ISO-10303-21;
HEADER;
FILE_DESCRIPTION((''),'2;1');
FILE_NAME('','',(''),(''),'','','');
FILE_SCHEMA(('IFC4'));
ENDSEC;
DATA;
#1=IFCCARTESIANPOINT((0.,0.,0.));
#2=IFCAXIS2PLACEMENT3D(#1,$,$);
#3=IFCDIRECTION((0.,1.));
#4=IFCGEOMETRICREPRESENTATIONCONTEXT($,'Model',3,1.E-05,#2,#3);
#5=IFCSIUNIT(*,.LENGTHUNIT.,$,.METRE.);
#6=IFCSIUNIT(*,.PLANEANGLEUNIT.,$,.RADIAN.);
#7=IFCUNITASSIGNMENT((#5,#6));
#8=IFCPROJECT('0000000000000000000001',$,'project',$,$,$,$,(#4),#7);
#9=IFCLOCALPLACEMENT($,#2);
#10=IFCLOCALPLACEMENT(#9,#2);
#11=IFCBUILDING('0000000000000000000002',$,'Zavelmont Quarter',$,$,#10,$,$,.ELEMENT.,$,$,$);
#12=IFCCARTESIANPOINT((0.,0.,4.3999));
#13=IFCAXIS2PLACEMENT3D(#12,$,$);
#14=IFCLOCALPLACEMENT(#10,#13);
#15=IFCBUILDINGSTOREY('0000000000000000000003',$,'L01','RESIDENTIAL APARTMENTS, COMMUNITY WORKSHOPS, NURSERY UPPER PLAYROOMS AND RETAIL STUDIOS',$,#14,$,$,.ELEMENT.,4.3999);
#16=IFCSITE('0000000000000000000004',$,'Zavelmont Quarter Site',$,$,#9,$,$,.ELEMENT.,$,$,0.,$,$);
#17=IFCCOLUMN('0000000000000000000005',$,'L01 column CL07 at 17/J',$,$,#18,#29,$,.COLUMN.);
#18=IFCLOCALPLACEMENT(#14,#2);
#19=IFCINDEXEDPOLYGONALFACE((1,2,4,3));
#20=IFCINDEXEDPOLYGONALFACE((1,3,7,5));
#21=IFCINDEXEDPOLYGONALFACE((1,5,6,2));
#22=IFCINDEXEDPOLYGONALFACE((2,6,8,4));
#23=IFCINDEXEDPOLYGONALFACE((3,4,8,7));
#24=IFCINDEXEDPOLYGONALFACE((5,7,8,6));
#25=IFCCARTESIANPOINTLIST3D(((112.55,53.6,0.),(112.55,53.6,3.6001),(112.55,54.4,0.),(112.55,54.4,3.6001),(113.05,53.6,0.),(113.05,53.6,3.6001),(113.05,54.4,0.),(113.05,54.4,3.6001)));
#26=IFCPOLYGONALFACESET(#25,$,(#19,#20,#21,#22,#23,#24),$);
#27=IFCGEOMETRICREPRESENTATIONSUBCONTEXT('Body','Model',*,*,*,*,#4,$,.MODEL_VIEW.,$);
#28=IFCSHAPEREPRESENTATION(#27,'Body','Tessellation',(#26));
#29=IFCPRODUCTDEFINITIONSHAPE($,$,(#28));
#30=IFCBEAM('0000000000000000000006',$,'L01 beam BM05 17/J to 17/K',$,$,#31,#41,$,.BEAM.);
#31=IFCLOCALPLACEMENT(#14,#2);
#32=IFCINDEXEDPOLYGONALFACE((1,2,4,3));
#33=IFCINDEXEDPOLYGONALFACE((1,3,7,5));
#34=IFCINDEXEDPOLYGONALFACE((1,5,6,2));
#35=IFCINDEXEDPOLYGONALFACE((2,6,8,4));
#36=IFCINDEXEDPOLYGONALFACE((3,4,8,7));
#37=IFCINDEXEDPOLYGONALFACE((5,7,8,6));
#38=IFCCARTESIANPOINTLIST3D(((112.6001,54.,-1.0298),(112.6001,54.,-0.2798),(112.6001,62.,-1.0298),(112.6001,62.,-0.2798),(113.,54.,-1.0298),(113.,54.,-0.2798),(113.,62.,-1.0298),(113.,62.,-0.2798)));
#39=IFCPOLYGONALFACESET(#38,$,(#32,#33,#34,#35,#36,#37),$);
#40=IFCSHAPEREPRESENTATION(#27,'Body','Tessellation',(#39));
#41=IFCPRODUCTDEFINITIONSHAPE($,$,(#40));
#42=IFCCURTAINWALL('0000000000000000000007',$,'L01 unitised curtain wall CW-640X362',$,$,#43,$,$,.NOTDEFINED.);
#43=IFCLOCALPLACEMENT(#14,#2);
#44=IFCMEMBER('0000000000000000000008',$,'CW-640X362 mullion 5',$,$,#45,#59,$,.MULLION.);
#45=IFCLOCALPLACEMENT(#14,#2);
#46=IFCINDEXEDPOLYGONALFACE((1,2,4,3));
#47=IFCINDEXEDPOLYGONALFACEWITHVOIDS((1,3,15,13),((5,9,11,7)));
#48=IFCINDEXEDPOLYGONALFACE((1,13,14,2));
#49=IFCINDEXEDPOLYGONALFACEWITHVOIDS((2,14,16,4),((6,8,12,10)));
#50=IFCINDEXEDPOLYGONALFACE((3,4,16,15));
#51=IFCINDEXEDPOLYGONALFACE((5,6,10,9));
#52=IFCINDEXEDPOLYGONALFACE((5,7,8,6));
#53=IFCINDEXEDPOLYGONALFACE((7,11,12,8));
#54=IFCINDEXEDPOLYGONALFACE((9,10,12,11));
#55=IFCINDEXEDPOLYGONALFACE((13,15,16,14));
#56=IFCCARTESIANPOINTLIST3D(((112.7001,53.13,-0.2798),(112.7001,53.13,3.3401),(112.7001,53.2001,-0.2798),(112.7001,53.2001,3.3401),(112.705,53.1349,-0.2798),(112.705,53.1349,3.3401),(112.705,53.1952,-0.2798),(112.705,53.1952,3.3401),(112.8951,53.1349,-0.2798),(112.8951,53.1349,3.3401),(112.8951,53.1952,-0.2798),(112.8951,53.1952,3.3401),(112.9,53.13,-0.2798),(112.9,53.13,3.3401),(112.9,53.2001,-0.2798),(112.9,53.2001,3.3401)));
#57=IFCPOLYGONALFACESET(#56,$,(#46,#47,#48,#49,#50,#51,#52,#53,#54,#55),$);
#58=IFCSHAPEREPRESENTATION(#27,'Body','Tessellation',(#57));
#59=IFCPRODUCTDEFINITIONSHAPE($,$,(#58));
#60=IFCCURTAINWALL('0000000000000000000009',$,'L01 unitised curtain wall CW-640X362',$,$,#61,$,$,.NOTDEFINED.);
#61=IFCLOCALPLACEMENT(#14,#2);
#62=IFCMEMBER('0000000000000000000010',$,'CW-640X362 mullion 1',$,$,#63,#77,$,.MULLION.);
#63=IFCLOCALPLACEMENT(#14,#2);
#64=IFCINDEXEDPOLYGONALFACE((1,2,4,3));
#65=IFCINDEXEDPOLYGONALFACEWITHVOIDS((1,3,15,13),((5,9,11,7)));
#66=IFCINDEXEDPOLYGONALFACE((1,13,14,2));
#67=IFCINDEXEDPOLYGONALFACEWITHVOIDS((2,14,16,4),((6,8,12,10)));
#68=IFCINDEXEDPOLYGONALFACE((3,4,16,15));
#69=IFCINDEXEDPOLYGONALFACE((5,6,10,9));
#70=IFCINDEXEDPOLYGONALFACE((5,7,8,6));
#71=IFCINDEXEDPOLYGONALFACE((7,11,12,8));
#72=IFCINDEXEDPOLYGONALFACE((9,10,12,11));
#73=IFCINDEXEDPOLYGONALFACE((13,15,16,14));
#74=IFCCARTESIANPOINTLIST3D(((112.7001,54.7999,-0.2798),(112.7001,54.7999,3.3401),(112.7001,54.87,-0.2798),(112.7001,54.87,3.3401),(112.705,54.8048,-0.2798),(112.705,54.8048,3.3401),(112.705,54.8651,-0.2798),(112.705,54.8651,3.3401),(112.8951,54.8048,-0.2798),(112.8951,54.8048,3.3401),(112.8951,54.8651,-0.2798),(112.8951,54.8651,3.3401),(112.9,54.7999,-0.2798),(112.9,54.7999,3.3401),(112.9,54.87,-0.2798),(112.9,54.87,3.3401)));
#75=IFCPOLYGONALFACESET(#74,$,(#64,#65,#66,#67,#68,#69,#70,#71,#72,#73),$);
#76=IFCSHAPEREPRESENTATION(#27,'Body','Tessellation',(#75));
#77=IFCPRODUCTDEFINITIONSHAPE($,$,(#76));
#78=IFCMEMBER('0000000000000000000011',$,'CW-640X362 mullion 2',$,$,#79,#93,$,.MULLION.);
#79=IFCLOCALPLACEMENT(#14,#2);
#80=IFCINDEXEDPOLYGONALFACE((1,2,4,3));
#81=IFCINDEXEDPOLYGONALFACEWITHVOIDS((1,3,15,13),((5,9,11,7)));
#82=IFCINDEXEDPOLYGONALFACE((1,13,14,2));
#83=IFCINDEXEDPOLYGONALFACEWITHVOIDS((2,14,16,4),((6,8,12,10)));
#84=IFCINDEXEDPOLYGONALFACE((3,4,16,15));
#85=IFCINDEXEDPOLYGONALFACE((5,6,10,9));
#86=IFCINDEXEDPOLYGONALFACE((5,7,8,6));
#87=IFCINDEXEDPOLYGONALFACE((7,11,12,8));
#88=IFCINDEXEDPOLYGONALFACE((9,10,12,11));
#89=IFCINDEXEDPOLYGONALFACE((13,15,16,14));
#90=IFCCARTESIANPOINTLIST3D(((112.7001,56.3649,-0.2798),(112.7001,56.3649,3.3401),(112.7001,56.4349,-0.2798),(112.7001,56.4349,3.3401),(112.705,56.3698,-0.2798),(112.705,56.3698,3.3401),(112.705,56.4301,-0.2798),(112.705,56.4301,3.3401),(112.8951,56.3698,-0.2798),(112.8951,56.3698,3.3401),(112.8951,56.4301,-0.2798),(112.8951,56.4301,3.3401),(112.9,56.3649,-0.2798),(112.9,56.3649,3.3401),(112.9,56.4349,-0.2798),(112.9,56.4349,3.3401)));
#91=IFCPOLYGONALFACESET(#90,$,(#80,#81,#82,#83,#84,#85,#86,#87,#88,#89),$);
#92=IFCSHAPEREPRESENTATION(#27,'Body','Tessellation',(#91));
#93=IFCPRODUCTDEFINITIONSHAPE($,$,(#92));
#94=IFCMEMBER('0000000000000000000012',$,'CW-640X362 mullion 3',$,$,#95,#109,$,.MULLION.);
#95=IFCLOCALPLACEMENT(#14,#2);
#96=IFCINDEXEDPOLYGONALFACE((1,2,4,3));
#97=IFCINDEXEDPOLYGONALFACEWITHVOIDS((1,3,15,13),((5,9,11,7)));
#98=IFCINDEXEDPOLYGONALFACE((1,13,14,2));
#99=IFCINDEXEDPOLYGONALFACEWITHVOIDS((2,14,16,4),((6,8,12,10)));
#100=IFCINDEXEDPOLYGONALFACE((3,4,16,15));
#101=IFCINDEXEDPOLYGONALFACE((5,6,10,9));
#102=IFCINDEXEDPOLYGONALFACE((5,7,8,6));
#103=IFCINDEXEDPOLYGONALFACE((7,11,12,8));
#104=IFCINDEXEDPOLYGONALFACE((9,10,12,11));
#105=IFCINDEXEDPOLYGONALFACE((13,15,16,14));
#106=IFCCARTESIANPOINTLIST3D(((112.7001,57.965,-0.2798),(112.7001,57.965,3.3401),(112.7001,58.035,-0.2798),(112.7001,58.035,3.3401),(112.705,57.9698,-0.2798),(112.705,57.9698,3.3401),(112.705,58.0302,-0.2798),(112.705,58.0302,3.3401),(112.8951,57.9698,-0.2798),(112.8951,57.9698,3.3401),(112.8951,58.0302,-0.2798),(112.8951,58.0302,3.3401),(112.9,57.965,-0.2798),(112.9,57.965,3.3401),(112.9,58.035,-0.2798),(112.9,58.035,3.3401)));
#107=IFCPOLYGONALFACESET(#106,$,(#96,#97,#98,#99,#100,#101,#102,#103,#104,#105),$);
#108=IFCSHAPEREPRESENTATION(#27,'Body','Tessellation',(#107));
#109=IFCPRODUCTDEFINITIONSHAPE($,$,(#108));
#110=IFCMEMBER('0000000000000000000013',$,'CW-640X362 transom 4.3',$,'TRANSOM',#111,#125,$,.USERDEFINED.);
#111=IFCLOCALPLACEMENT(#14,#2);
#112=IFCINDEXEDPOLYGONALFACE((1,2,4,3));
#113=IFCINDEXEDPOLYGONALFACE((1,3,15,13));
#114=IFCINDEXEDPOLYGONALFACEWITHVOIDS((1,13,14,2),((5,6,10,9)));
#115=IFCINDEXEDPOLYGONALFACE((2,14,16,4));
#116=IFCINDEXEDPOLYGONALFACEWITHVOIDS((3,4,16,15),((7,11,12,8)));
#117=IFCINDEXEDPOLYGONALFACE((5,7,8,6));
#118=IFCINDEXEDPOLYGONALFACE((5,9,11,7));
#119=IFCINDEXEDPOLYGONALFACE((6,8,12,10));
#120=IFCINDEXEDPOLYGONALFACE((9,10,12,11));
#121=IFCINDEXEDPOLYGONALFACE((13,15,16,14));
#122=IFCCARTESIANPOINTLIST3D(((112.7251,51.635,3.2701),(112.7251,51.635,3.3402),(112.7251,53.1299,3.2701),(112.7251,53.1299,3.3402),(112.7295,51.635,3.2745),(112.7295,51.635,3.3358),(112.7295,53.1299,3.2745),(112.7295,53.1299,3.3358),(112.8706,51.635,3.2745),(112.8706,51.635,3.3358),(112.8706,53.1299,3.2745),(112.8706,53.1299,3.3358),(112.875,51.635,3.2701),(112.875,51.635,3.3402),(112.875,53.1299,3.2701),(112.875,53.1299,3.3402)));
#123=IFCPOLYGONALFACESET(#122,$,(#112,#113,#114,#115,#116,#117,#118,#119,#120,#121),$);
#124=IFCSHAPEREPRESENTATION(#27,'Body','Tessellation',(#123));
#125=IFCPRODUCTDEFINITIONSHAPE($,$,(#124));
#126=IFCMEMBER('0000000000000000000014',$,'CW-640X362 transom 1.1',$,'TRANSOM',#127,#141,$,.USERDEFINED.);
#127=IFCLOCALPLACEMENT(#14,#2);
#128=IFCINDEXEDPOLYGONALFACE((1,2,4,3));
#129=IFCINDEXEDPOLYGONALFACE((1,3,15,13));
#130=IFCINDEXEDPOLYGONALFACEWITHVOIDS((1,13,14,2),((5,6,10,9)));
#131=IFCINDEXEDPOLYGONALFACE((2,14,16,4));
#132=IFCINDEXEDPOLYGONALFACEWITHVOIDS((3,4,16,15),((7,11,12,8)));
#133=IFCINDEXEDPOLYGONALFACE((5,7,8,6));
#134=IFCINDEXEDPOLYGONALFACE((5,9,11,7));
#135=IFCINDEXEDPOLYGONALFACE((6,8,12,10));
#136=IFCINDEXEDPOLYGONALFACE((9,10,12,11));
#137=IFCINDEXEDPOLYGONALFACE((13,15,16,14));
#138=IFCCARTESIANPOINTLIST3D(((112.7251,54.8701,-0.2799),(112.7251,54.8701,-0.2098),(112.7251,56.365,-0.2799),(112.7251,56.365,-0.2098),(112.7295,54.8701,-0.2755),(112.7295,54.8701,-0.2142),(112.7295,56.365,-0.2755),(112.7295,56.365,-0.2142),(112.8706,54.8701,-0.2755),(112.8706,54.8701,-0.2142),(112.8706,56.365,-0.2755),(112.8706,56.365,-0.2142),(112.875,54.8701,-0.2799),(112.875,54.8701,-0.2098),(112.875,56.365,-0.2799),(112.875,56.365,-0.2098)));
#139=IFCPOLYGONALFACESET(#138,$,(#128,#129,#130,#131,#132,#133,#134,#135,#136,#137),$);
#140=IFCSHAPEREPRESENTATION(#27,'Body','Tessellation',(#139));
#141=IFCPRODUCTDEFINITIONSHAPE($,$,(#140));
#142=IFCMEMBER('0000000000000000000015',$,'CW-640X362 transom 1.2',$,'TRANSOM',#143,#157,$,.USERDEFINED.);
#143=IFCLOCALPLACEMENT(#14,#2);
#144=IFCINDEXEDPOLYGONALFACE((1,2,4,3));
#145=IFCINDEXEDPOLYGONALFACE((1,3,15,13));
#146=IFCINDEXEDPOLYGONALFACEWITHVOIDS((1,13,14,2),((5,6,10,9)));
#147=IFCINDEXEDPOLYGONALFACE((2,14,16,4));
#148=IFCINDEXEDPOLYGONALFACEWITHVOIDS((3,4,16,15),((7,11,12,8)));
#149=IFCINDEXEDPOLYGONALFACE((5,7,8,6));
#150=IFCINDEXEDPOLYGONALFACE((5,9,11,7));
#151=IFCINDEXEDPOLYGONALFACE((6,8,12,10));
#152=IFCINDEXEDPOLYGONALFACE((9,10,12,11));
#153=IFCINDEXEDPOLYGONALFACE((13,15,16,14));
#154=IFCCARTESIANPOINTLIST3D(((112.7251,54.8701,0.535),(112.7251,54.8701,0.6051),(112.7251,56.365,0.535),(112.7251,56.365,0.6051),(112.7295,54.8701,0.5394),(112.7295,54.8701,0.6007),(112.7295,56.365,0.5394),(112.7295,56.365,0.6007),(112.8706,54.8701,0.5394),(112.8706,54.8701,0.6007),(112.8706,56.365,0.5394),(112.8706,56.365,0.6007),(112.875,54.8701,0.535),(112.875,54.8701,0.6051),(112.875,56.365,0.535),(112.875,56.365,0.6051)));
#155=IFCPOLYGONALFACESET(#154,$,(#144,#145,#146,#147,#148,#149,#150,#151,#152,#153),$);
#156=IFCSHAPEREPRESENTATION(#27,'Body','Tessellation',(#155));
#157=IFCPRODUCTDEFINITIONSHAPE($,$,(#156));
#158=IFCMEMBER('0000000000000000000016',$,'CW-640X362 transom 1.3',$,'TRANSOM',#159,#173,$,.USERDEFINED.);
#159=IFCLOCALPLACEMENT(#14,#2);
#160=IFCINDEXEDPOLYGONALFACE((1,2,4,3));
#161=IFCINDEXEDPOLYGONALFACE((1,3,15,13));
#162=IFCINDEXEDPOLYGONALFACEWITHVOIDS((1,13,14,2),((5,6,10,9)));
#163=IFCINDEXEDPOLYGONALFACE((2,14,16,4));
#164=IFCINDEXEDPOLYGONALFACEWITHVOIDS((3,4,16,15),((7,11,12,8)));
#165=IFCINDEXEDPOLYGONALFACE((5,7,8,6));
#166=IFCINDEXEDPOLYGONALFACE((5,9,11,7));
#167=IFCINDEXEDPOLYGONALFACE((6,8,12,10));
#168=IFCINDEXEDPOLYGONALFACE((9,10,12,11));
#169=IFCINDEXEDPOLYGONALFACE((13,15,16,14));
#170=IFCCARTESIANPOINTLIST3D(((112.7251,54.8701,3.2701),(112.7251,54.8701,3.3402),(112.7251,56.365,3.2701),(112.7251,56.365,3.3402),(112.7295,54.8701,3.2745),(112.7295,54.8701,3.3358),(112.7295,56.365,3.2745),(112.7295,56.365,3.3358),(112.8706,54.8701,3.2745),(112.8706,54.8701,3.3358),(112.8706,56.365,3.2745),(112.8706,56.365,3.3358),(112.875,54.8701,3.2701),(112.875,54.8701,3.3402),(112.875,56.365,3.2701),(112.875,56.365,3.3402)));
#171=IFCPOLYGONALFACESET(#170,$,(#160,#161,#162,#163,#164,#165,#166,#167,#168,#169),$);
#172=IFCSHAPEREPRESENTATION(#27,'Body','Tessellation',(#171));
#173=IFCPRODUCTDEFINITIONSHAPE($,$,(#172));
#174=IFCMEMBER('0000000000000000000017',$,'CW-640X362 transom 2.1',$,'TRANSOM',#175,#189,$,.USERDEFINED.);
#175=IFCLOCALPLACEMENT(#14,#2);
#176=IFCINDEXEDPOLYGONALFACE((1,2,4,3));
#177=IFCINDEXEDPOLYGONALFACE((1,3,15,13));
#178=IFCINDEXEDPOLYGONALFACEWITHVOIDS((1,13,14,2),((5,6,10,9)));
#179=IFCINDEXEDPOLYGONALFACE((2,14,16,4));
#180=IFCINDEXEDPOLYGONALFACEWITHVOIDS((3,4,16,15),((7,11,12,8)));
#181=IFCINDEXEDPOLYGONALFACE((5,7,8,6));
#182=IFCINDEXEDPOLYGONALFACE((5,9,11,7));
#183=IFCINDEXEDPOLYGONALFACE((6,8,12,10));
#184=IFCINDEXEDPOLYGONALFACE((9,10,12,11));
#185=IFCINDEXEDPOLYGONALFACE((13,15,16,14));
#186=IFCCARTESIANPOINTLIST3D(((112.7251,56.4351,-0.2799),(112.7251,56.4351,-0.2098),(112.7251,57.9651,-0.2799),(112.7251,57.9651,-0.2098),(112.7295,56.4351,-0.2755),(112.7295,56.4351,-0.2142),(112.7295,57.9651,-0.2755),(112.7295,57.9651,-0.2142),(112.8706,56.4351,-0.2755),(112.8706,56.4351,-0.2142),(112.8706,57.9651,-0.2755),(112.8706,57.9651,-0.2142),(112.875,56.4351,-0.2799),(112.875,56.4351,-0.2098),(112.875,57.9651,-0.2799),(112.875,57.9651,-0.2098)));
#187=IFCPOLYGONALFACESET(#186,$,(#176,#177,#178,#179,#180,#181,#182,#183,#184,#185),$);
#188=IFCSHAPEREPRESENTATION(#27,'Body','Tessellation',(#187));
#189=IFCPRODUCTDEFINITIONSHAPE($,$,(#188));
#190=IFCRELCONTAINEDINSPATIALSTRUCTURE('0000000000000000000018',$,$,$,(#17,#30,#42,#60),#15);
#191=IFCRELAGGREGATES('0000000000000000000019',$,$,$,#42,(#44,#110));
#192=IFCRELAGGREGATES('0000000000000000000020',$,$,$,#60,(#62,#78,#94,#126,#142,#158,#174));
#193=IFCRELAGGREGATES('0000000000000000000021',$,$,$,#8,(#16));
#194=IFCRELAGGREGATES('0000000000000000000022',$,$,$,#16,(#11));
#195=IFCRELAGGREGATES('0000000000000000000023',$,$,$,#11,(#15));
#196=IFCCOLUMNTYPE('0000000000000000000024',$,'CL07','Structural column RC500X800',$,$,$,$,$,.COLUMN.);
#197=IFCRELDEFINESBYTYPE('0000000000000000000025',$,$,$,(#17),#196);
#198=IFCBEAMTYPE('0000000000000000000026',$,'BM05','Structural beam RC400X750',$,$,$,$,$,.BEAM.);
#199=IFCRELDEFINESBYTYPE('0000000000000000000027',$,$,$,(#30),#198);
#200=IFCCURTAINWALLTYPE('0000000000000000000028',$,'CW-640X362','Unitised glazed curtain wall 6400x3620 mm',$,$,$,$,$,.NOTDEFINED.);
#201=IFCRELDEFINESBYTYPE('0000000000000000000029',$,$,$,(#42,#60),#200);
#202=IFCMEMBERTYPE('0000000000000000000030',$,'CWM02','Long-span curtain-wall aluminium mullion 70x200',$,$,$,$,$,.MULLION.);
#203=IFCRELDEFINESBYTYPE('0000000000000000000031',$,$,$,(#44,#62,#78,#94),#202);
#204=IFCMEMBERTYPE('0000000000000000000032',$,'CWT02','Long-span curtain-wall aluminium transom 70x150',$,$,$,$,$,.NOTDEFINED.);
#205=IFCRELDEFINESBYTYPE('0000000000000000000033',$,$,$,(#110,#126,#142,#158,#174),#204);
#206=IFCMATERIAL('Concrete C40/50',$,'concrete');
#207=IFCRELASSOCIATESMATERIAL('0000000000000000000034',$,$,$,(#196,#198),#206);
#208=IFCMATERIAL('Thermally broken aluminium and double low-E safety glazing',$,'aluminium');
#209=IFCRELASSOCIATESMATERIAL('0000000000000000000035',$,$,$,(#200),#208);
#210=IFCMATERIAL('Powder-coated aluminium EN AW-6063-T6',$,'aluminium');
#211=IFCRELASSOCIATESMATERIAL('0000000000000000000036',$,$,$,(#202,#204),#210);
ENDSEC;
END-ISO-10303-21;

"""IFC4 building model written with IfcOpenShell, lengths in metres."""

from ifc_helpers import new_model, si_unit, direction, frame, origin, origin_2d, place, context, subcontext, project, spatial, rectangle, hollow_rectangle, extrude, material, material_profile, profile_set, type_object, element, aggregate, save


model = new_model("IFC4")

# Units and contexts
model_context = context("Model", 3, precision=1e-05, world=origin(), true_north=direction((0.0, 1.0)))
body_context = subcontext(model_context, "Body", "Model", "MODEL_VIEW")
ifc_project = project(units=[si_unit("LENGTHUNIT", "METRE"), si_unit("PLANEANGLEUNIT", "RADIAN")], contexts=[model_context])

# Site, building, storey
site_placement = place(None, origin())
site = spatial("IfcSite", under=ifc_project, at=site_placement, Name="Zavelmont Quarter Site", CompositionType="ELEMENT", RefElevation=0.0)
building_placement = place(site_placement, origin())
building = spatial("IfcBuilding", under=site, at=building_placement, Name="Zavelmont Quarter", CompositionType="ELEMENT")
storey_placement = place(building_placement, frame((0.0, 0.0, 4.3999)))
storey = spatial("IfcBuildingStorey", under=building, at=storey_placement, Name="L01", Description="RESIDENTIAL APARTMENTS, COMMUNITY WORKSHOPS, NURSERY UPPER PLAYROOMS AND RETAIL STUDIOS", CompositionType="ELEMENT", Elevation=4.3999)

# Column
ifc_material_1 = material(Name="Concrete C40/50", Category="concrete")
ifc_material_profile_1 = material_profile(ifc_material_1, rectangle(XDim=0.5, YDim=0.8, at=origin_2d()), Name="RC500X800")
ifc_profile_set_1 = profile_set([ifc_material_profile_1], Name="Concrete C40/50")
column_type = type_object("IfcColumnType", Name="CL07", Description="Structural column RC500X800", PredefinedType="COLUMN", material=ifc_profile_set_1)
column_placement = place(storey_placement, frame((112.8, 54.0, 0.0), z_axis=(0.0, 0.0, 1.0), x_axis=(1.0, 0.0, 0.0)))
element("IfcColumn", 1, at=column_placement, inside=storey, type_object=column_type, Name="L01 column CL07 at 17/J", PredefinedType="COLUMN", context=body_context, shape_type="SweptSolid", body=[
    extrude(rectangle(XDim=0.5, YDim=0.8, at=origin_2d()), origin(), (0.0, 0.0, 1.0), 3.6001),
])

# Beam
ifc_material_profile_2 = material_profile(ifc_material_1, rectangle(XDim=0.3999, YDim=0.75, at=origin_2d()), Name="RC400X750")
ifc_profile_set_2 = profile_set([ifc_material_profile_2], Name="Concrete C40/50")
beam_type = type_object("IfcBeamType", Name="BM05", Description="Structural beam RC400X750", PredefinedType="BEAM", material=ifc_profile_set_2)
beam_placement = place(storey_placement, frame((112.8, 54.0, -0.6548), z_axis=(0.0, 1.0, 0.0), x_axis=(-1.0, 0.0, 0.0)))
element("IfcBeam", 2, at=beam_placement, inside=storey, type_object=beam_type, Name="L01 beam BM05 17/J to 17/K", PredefinedType="BEAM", context=body_context, shape_type="SweptSolid", body=[
    extrude(rectangle(XDim=0.3999, YDim=0.75, at=origin_2d()), origin(), (0.0, 0.0, 1.0), 8.0),
])

# Curtain wall, member
ifc_material_2 = material(Name="Thermally broken aluminium and double low-E safety glazing", Category="aluminium")
curtain_wall_type = type_object("IfcCurtainWallType", Name="CW-640X362", Description="Unitised glazed curtain wall 6400x3620 mm", PredefinedType="NOTDEFINED", material=ifc_material_2)
curtain_wall_1_placement = place(storey_placement, origin())
curtain_wall_1 = element("IfcCurtainWall", 3, at=curtain_wall_1_placement, inside=storey, type_object=curtain_wall_type, Name="L01 unitised curtain wall CW-640X362", PredefinedType="NOTDEFINED")
ifc_material_3 = material(Name="Powder-coated aluminium EN AW-6063-T6", Category="aluminium")
ifc_material_profile_3 = material_profile(ifc_material_3, hollow_rectangle(XDim=0.0701, YDim=0.2, WallThickness=0.0049, at=origin_2d()), Name="CWM70X200")
ifc_profile_set_3 = profile_set([ifc_material_profile_3], Name="Powder-coated aluminium EN AW-6063-T6")
member_type_1 = type_object("IfcMemberType", Name="CWM02", Description="Long-span curtain-wall aluminium mullion 70x200", PredefinedType="MULLION", material=ifc_profile_set_3)
member_1_placement = place(storey_placement, frame((112.8, 53.165, -0.2798), z_axis=(0.0, 0.0, 1.0), x_axis=(0.0, 1.0, 0.0)))
member_1 = element("IfcMember", 4, at=member_1_placement, type_object=member_type_1, Name="CW-640X362 mullion 5", PredefinedType="MULLION", context=body_context, shape_type="SweptSolid", body=[
    extrude(hollow_rectangle(XDim=0.0701, YDim=0.2, WallThickness=0.0049, at=origin_2d()), origin(), (0.0, 0.0, 1.0), 3.6199),
])

# Curtain wall, members
curtain_wall_2_placement = place(storey_placement, origin())
curtain_wall_2 = element("IfcCurtainWall", 5, at=curtain_wall_2_placement, inside=storey, type_object=curtain_wall_type, Name="L01 unitised curtain wall CW-640X362", PredefinedType="NOTDEFINED")
member_2_placement = place(storey_placement, frame((112.8, 54.835, -0.2798), z_axis=(0.0, 0.0, 1.0), x_axis=(0.0, 1.0, 0.0)))
member_2 = element("IfcMember", 6, at=member_2_placement, type_object=member_type_1, Name="CW-640X362 mullion 1", PredefinedType="MULLION", context=body_context, shape_type="SweptSolid", body=[
    extrude(hollow_rectangle(XDim=0.0701, YDim=0.2, WallThickness=0.0049, at=origin_2d()), origin(), (0.0, 0.0, 1.0), 3.6199),
])
member_3_placement = place(storey_placement, frame((112.8, 56.3999, -0.2798), z_axis=(0.0, 0.0, 1.0), x_axis=(0.0, 1.0, 0.0)))
member_3 = element("IfcMember", 7, at=member_3_placement, type_object=member_type_1, Name="CW-640X362 mullion 2", PredefinedType="MULLION", context=body_context, shape_type="SweptSolid", body=[
    extrude(hollow_rectangle(XDim=0.0701, YDim=0.2, WallThickness=0.0049, at=origin_2d()), origin(), (0.0, 0.0, 1.0), 3.6199),
])
member_4_placement = place(storey_placement, frame((112.8, 58.0, -0.2798), z_axis=(0.0, 0.0, 1.0), x_axis=(0.0, 1.0, 0.0)))
member_4 = element("IfcMember", 8, at=member_4_placement, type_object=member_type_1, Name="CW-640X362 mullion 3", PredefinedType="MULLION", context=body_context, shape_type="SweptSolid", body=[
    extrude(hollow_rectangle(XDim=0.0701, YDim=0.2, WallThickness=0.0049, at=origin_2d()), origin(), (0.0, 0.0, 1.0), 3.6199),
])

# Members
ifc_material_profile_4 = material_profile(ifc_material_3, hollow_rectangle(XDim=0.1499, YDim=0.0701, WallThickness=0.0044, at=origin_2d()), Name="CWT70X150")
ifc_profile_set_4 = profile_set([ifc_material_profile_4], Name="Powder-coated aluminium EN AW-6063-T6")
member_type_2 = type_object("IfcMemberType", Name="CWT02", Description="Long-span curtain-wall aluminium transom 70x150", PredefinedType="NOTDEFINED", material=ifc_profile_set_4)
member_5_placement = place(storey_placement, frame((112.8, 51.635, 3.3052), z_axis=(0.0, 1.0, 0.0), x_axis=(-1.0, 0.0, 0.0)))
member_5 = element("IfcMember", 9, at=member_5_placement, type_object=member_type_2, Name="CW-640X362 transom 4.3", ObjectType="TRANSOM", PredefinedType="USERDEFINED", context=body_context, shape_type="SweptSolid", body=[
    extrude(hollow_rectangle(XDim=0.1499, YDim=0.0701, WallThickness=0.0044, at=origin_2d()), origin(), (0.0, 0.0, 1.0), 1.4949),
])
member_6_placement = place(storey_placement, frame((112.8, 54.8701, -0.2449), z_axis=(0.0, 1.0, 0.0), x_axis=(-1.0, 0.0, 0.0)))
member_6 = element("IfcMember", 10, at=member_6_placement, type_object=member_type_2, Name="CW-640X362 transom 1.1", ObjectType="TRANSOM", PredefinedType="USERDEFINED", context=body_context, shape_type="SweptSolid", body=[
    extrude(hollow_rectangle(XDim=0.1499, YDim=0.0701, WallThickness=0.0044, at=origin_2d()), origin(), (0.0, 0.0, 1.0), 1.4949),
])
member_7_placement = place(storey_placement, frame((112.8, 54.8701, 0.5701), z_axis=(0.0, 1.0, 0.0), x_axis=(-1.0, 0.0, 0.0)))
member_7 = element("IfcMember", 11, at=member_7_placement, type_object=member_type_2, Name="CW-640X362 transom 1.2", ObjectType="TRANSOM", PredefinedType="USERDEFINED", context=body_context, shape_type="SweptSolid", body=[
    extrude(hollow_rectangle(XDim=0.1499, YDim=0.0701, WallThickness=0.0044, at=origin_2d()), origin(), (0.0, 0.0, 1.0), 1.4949),
])
member_8_placement = place(storey_placement, frame((112.8, 54.8701, 3.3052), z_axis=(0.0, 1.0, 0.0), x_axis=(-1.0, 0.0, 0.0)))
member_8 = element("IfcMember", 12, at=member_8_placement, type_object=member_type_2, Name="CW-640X362 transom 1.3", ObjectType="TRANSOM", PredefinedType="USERDEFINED", context=body_context, shape_type="SweptSolid", body=[
    extrude(hollow_rectangle(XDim=0.1499, YDim=0.0701, WallThickness=0.0044, at=origin_2d()), origin(), (0.0, 0.0, 1.0), 1.4949),
])
member_9_placement = place(storey_placement, frame((112.8, 56.4351, -0.2449), z_axis=(0.0, 1.0, 0.0), x_axis=(-1.0, 0.0, 0.0)))
member_9 = element("IfcMember", 13, at=member_9_placement, type_object=member_type_2, Name="CW-640X362 transom 2.1", ObjectType="TRANSOM", PredefinedType="USERDEFINED", context=body_context, shape_type="SweptSolid", body=[
    extrude(hollow_rectangle(XDim=0.1499, YDim=0.0701, WallThickness=0.0044, at=origin_2d()), origin(), (0.0, 0.0, 1.0), 1.53),
])

aggregate(curtain_wall_1, [member_1, member_5])
aggregate(curtain_wall_2, [member_2, member_3, member_4, member_6, member_7, member_8, member_9])

save(model, "model.ifc")
